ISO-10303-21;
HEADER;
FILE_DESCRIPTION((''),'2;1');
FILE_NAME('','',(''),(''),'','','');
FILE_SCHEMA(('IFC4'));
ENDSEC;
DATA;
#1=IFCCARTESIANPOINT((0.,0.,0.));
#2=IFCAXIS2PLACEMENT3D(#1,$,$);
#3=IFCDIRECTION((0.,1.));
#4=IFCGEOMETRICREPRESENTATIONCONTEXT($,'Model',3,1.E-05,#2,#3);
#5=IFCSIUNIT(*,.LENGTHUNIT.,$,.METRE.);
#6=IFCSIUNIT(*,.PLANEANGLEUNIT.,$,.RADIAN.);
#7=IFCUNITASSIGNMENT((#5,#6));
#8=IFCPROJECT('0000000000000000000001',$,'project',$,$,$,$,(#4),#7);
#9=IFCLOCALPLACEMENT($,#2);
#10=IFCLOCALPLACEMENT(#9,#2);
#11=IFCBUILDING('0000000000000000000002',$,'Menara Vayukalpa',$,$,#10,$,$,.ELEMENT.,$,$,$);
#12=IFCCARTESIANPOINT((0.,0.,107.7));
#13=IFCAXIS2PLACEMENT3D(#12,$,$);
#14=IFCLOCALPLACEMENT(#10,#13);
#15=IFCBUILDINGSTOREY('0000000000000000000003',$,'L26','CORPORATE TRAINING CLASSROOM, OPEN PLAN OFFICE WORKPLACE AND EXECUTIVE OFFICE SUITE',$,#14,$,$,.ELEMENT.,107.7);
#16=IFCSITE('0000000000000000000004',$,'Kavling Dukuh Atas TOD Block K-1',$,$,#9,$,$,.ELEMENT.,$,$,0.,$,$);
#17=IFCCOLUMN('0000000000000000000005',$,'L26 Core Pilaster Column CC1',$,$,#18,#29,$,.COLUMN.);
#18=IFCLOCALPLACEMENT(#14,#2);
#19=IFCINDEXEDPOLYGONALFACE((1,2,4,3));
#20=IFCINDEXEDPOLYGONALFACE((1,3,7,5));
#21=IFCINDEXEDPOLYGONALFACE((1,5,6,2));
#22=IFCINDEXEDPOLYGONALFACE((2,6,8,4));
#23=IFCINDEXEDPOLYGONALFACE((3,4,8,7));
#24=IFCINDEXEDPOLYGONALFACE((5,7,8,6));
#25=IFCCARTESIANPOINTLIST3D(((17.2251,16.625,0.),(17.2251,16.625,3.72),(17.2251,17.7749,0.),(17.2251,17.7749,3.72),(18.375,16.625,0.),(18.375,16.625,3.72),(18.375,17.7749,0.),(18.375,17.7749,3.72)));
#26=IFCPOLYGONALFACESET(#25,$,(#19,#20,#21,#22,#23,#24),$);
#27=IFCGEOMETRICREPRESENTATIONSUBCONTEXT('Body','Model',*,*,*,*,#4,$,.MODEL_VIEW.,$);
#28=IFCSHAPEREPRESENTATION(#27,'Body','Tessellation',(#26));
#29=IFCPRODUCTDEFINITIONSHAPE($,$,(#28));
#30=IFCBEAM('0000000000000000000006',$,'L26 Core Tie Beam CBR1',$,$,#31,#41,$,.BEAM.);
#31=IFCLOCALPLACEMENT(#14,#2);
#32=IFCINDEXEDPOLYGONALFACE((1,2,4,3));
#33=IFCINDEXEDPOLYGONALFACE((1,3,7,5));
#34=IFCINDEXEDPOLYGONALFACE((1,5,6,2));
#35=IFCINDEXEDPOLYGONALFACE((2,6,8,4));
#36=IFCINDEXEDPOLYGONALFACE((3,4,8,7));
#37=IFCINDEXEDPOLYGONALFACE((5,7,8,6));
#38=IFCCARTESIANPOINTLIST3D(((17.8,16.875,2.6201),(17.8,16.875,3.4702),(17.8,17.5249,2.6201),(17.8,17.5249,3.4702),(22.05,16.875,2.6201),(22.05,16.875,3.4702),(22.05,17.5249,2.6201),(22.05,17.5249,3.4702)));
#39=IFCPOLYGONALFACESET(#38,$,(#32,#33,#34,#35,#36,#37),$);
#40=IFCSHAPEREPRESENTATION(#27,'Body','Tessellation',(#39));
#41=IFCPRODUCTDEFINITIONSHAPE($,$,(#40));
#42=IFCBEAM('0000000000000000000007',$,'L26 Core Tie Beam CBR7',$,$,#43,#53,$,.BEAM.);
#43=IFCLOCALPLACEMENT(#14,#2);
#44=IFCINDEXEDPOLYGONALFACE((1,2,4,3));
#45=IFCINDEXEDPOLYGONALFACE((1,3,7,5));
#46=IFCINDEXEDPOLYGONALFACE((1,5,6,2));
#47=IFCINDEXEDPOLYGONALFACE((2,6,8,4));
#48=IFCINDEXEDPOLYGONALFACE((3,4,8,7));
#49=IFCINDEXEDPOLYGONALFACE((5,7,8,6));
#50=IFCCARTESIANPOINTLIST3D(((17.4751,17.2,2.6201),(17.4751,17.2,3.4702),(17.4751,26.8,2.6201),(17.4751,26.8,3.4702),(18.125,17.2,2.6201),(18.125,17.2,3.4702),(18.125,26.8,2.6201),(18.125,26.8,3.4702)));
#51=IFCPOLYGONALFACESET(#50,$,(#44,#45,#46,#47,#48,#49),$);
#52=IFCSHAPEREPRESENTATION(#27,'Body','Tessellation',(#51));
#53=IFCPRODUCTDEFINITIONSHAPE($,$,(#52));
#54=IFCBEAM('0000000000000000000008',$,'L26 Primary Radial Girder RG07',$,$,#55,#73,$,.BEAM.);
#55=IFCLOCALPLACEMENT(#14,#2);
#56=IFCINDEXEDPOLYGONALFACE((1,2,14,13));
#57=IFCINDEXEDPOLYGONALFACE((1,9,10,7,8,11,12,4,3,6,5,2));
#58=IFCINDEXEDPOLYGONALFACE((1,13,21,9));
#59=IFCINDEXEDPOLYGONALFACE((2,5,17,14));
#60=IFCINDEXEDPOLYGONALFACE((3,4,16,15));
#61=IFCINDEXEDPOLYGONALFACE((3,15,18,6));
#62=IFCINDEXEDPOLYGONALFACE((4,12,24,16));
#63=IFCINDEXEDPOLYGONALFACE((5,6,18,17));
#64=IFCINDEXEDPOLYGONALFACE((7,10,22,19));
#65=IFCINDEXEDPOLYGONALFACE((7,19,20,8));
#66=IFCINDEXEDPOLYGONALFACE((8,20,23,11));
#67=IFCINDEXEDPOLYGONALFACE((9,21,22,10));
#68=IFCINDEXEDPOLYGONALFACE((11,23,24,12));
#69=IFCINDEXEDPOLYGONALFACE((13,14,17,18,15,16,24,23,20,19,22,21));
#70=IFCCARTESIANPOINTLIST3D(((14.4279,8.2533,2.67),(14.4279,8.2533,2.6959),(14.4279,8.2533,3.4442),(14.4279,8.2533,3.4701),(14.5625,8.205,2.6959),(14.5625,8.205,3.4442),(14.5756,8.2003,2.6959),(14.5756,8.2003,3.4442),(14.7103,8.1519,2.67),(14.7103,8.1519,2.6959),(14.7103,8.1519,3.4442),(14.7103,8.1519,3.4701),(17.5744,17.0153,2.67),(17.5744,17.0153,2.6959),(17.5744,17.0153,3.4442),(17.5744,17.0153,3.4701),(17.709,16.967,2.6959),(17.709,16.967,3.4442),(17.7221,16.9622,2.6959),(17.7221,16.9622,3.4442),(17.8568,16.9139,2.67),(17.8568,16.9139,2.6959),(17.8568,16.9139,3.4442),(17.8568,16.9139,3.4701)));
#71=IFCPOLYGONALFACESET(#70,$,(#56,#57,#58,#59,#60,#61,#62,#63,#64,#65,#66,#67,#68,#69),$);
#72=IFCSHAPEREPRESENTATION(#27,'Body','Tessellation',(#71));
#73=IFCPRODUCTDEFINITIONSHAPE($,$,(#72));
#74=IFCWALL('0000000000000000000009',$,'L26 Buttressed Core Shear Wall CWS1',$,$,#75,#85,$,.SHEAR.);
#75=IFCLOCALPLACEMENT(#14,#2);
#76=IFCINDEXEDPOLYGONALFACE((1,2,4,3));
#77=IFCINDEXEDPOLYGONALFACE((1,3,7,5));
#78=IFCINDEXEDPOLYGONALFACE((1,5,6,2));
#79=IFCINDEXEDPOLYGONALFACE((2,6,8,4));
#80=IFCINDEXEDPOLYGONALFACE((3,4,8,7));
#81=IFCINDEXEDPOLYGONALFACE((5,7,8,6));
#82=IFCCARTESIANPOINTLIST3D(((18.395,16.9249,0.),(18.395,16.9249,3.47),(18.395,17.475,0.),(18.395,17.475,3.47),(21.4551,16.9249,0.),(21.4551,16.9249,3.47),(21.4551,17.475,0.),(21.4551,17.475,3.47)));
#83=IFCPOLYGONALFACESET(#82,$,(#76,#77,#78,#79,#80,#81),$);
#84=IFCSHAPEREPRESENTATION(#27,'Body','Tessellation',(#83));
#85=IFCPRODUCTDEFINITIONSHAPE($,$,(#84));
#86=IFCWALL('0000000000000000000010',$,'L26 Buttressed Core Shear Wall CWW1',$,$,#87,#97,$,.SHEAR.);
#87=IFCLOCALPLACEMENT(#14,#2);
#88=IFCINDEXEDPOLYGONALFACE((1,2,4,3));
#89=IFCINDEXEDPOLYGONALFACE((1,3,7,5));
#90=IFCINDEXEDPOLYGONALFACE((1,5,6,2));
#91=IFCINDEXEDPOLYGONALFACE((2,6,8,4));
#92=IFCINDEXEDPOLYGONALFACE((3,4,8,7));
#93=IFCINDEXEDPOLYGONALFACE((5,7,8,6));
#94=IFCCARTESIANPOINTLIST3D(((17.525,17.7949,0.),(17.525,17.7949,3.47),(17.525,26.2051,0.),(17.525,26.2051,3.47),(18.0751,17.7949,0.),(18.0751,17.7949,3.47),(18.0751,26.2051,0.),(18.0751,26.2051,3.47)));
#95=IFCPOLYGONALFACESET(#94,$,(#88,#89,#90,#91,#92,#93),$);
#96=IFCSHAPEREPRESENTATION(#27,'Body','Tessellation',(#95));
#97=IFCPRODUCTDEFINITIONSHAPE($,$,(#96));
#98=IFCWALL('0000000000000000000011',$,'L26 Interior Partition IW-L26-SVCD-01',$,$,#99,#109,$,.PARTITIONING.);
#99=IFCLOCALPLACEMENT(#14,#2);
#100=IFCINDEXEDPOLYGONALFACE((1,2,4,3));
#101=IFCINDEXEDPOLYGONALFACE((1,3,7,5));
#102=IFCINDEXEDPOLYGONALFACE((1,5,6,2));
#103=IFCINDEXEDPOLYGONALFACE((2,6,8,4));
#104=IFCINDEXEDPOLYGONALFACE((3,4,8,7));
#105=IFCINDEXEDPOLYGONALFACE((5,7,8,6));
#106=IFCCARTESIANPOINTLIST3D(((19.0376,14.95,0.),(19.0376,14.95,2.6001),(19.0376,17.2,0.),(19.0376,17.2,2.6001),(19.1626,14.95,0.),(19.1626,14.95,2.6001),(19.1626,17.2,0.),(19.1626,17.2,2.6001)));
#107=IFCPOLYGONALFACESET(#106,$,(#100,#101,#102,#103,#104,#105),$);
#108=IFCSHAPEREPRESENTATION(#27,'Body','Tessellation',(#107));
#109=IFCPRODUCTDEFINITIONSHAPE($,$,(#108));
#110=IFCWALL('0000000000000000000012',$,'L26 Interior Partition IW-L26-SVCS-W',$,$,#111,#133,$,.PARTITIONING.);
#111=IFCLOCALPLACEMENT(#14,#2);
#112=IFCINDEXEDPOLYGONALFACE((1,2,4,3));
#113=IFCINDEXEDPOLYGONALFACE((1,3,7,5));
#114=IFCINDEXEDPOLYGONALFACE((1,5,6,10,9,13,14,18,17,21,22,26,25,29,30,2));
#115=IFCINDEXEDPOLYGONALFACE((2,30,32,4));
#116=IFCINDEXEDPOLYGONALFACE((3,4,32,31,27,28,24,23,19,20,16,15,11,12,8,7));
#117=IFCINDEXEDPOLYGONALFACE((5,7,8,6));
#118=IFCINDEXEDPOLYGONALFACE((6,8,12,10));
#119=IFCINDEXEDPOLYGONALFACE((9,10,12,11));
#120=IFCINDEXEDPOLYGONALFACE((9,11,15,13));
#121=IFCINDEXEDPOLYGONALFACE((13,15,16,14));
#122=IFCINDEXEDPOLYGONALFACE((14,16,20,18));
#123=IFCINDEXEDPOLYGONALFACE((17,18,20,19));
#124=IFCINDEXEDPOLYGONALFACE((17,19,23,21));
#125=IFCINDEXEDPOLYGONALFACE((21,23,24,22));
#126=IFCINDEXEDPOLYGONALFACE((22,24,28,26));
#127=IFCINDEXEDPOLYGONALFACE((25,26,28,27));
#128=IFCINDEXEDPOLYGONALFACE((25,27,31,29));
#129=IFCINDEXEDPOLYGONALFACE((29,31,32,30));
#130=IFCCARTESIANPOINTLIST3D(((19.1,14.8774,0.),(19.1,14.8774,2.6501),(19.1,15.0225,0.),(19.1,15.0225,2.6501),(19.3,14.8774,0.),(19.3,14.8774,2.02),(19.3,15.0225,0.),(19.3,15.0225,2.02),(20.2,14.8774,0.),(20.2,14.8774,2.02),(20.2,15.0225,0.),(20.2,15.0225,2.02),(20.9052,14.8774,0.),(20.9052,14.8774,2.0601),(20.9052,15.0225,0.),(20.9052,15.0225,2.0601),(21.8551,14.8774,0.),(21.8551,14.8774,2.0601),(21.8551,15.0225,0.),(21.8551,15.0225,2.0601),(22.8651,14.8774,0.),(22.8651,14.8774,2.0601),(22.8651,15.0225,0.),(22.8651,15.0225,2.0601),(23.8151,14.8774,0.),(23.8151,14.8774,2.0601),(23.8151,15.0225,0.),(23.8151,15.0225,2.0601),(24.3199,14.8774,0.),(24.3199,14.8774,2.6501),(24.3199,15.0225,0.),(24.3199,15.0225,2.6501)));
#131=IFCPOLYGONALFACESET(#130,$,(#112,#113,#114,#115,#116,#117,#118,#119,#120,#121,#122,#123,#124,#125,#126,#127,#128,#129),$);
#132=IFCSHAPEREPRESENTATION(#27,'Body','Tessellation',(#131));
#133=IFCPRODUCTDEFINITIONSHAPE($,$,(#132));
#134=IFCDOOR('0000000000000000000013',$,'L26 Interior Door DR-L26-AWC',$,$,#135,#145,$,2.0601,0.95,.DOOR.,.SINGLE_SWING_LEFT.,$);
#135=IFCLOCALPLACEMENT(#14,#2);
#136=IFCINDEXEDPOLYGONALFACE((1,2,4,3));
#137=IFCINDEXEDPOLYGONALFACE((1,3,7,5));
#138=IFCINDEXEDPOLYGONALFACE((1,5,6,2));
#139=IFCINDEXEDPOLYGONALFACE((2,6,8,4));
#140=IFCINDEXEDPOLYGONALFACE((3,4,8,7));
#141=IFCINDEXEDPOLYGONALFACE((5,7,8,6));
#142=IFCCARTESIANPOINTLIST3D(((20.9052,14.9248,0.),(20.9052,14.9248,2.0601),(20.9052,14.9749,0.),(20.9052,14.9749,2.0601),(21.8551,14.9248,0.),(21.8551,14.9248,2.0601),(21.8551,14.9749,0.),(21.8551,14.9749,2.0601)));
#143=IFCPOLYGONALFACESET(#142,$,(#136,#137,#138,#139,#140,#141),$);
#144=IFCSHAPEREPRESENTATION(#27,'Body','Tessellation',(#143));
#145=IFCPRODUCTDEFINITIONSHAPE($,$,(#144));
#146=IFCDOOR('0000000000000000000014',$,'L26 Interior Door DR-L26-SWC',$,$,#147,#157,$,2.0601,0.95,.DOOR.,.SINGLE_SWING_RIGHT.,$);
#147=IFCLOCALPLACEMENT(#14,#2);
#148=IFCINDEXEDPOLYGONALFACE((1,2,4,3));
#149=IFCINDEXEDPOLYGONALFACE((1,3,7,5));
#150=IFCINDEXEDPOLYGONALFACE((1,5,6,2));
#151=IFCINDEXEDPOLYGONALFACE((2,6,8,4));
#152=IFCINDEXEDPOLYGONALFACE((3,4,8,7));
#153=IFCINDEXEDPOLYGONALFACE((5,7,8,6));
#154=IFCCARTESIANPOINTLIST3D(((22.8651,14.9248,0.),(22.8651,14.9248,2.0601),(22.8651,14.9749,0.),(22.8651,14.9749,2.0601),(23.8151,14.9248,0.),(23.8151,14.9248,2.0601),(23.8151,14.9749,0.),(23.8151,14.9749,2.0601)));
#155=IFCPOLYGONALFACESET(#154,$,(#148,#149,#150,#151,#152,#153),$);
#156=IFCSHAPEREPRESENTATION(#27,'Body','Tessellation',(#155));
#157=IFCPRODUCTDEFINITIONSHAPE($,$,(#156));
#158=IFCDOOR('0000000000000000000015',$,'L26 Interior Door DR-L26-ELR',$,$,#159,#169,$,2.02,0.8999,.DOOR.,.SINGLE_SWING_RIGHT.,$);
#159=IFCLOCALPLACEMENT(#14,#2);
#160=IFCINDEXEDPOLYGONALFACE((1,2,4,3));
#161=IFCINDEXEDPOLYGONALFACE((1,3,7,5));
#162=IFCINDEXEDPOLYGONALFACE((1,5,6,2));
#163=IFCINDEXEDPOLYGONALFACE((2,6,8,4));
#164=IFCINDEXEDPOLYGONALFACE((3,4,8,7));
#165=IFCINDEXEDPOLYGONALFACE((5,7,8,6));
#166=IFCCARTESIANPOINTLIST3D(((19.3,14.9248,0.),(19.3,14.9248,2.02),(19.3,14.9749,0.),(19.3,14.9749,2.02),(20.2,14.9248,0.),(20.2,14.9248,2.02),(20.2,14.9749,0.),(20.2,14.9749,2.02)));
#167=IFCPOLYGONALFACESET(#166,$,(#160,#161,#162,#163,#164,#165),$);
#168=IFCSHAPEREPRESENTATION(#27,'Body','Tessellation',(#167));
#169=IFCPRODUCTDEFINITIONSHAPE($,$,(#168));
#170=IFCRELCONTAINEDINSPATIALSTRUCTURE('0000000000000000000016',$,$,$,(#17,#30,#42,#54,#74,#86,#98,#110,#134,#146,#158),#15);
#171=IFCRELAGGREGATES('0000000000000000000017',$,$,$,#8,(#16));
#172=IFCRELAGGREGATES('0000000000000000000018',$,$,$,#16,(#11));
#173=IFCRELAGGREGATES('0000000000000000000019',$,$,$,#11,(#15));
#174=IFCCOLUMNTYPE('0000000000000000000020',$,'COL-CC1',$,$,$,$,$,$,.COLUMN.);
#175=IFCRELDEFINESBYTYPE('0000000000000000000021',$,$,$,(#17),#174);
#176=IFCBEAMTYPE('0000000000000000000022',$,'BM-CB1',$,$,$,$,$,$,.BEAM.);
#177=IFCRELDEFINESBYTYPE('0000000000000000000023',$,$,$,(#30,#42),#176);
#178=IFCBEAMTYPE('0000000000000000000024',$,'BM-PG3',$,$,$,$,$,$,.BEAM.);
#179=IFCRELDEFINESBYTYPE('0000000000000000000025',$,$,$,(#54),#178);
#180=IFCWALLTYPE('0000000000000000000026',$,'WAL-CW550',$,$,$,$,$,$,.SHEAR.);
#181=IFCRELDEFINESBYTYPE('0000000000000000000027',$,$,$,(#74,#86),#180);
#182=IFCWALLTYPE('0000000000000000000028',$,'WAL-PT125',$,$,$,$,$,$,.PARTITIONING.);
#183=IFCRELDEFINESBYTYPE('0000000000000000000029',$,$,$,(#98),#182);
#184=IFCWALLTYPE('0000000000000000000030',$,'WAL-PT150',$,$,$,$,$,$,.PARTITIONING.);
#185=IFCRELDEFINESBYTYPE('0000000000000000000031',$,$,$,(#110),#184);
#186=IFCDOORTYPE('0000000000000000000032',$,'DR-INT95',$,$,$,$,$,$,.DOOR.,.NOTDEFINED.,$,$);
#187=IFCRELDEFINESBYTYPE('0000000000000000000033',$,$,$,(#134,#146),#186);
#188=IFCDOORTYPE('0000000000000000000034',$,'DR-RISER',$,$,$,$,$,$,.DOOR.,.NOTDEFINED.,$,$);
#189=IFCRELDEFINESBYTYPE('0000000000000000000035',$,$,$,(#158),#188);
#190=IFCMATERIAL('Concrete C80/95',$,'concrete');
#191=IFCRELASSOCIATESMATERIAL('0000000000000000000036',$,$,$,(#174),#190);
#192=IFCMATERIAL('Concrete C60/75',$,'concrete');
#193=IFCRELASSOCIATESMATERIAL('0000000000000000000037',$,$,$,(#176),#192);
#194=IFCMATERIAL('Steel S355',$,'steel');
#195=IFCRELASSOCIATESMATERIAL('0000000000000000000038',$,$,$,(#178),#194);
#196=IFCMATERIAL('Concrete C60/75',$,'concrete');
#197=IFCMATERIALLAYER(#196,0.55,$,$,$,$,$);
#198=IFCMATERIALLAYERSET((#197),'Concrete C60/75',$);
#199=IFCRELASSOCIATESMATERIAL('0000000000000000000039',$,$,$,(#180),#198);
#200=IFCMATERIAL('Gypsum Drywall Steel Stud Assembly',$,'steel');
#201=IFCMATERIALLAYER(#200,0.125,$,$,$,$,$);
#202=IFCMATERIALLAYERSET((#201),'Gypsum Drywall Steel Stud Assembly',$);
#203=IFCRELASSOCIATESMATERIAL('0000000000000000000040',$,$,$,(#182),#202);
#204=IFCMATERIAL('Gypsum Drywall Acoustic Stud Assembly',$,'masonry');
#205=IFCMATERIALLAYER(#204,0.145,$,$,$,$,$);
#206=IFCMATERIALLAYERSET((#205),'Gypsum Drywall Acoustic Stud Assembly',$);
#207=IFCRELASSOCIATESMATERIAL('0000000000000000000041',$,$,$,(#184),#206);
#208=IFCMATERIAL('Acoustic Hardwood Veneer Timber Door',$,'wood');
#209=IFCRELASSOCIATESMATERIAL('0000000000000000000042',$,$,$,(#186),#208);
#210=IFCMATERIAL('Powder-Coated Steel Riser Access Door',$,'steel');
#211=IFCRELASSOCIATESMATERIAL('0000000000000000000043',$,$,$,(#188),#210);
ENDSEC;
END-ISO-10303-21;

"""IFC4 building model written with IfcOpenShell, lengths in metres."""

from ifc_helpers import new_model, si_unit, direction, frame, frame_2d, origin, origin_2d, place, context, subcontext, project, spatial, rectangle, i_section, extrude, material, layer, layer_set, material_profile, profile_set, type_object, element, fill, save


model = new_model("IFC4")

# Units and contexts
model_context = context("Model", 3, precision=1e-05, world=origin(), true_north=direction((0.0, 1.0)))
body_context = subcontext(model_context, "Body", "Model", "MODEL_VIEW")
ifc_project = project(units=[si_unit("LENGTHUNIT", "METRE"), si_unit("PLANEANGLEUNIT", "RADIAN")], contexts=[model_context])

# Site, building, storey
site_placement = place(None, origin())
site = spatial("IfcSite", under=ifc_project, at=site_placement, Name="Kavling Dukuh Atas TOD Block K-1", CompositionType="ELEMENT", RefElevation=0.0)
building_placement = place(site_placement, origin())
building = spatial("IfcBuilding", under=site, at=building_placement, Name="Menara Vayukalpa", CompositionType="ELEMENT")
storey_placement = place(building_placement, frame((0.0, 0.0, 107.7)))
storey = spatial("IfcBuildingStorey", under=building, at=storey_placement, Name="L26", Description="CORPORATE TRAINING CLASSROOM, OPEN PLAN OFFICE WORKPLACE AND EXECUTIVE OFFICE SUITE", CompositionType="ELEMENT", Elevation=107.7)

# Column
ifc_material_1 = material(Name="Concrete C80/95", Category="concrete")
ifc_material_profile_1 = material_profile(ifc_material_1, rectangle(XDim=1.1499, YDim=1.1499, at=origin_2d()), Name="RC 1150x1150")
ifc_profile_set_1 = profile_set([ifc_material_profile_1], Name="Concrete C80/95")
column_type = type_object("IfcColumnType", Name="COL-CC1", PredefinedType="COLUMN", material=ifc_profile_set_1)
column_placement = place(storey_placement, frame((17.8, 17.2, 0.0), z_axis=(0.0, 0.0, 1.0), x_axis=(1.0, 0.0, 0.0)))
element("IfcColumn", 1, at=column_placement, inside=storey, type_object=column_type, Name="L26 Core Pilaster Column CC1", PredefinedType="COLUMN", context=body_context, shape_type="SweptSolid", body=[
    extrude(rectangle(XDim=1.1499, YDim=1.1499, at=origin_2d()), origin(), (0.0, 0.0, 1.0), 3.72),
])

# Beams
ifc_material_2 = material(Name="Concrete C60/75", Category="concrete")
ifc_material_profile_2 = material_profile(ifc_material_2, rectangle(XDim=0.6499, YDim=0.8501, at=origin_2d()), Name="RC 650x850")
ifc_profile_set_2 = profile_set([ifc_material_profile_2], Name="Concrete C60/75")
beam_type_1 = type_object("IfcBeamType", Name="BM-CB1", PredefinedType="BEAM", material=ifc_profile_set_2)
beam_1_placement = place(storey_placement, frame((17.8, 17.2, 3.0452), z_axis=(1.0, 0.0, 0.0), x_axis=(0.0, 1.0, 0.0)))
element("IfcBeam", 2, at=beam_1_placement, inside=storey, type_object=beam_type_1, Name="L26 Core Tie Beam CBR1", PredefinedType="BEAM", context=body_context, shape_type="SweptSolid", body=[
    extrude(rectangle(XDim=0.6499, YDim=0.8501, at=origin_2d()), origin(), (0.0, 0.0, 1.0), 4.25),
])
beam_2_placement = place(storey_placement, frame((17.8, 17.2, 3.0452), z_axis=(0.0, 1.0, 0.0), x_axis=(-1.0, 0.0, 0.0)))
element("IfcBeam", 3, at=beam_2_placement, inside=storey, type_object=beam_type_1, Name="L26 Core Tie Beam CBR7", PredefinedType="BEAM", context=body_context, shape_type="SweptSolid", body=[
    extrude(rectangle(XDim=0.6499, YDim=0.8501, at=origin_2d()), origin(), (0.0, 0.0, 1.0), 9.6001),
])
ifc_material_3 = material(Name="Steel S355", Category="steel")
ifc_material_profile_3 = material_profile(ifc_material_3, i_section(OverallWidth=0.3, OverallDepth=0.8, WebThickness=0.0139, FlangeThickness=0.0259, at=origin_2d()), Name="WF 800x300x14x26")
ifc_profile_set_3 = profile_set([ifc_material_profile_3], Name="Steel S355")
beam_type_2 = type_object("IfcBeamType", Name="BM-PG3", PredefinedType="BEAM", material=ifc_profile_set_3)
beam_3_placement = place(storey_placement, frame((17.7156, 16.9646, 3.0701), z_axis=(-0.337976, -0.941155, 0.0), x_axis=(0.941155, -0.337976, 0.0)))
element("IfcBeam", 4, at=beam_3_placement, inside=storey, type_object=beam_type_2, Name="L26 Primary Radial Girder RG07", PredefinedType="BEAM", context=body_context, shape_type="SweptSolid", body=[
    extrude(i_section(OverallWidth=0.3, OverallDepth=0.8, WebThickness=0.0139, FlangeThickness=0.0259, at=origin_2d()), origin(), (0.0, 0.0, 1.0), 9.3098),
])

# Walls
ifc_material_4 = material(Name="Concrete C60/75", Category="concrete")
ifc_layer_1 = layer(ifc_material_4, 0.55)
ifc_layer_set_1 = layer_set([ifc_layer_1], Name="Concrete C60/75")
wall_type_1 = type_object("IfcWallType", Name="WAL-CW550", PredefinedType="SHEAR", material=ifc_layer_set_1)
wall_1_placement = place(storey_placement, frame((18.395, 17.2, 0.0), z_axis=(0.0, 0.0, 1.0), x_axis=(1.0, 0.0, 0.0)))
element("IfcWall", 5, at=wall_1_placement, inside=storey, type_object=wall_type_1, Name="L26 Buttressed Core Shear Wall CWS1", PredefinedType="SHEAR", context=body_context, shape_type="SweptSolid", body=[
    extrude(rectangle(XDim=3.0601, YDim=0.55, at=frame_2d((1.53, 0.0))), origin(), (0.0, 0.0, 1.0), 3.47),
])
wall_2_placement = place(storey_placement, frame((17.8, 17.7949, 0.0), z_axis=(0.0, 0.0, 1.0), x_axis=(0.0, 1.0, 0.0)))
element("IfcWall", 6, at=wall_2_placement, inside=storey, type_object=wall_type_1, Name="L26 Buttressed Core Shear Wall CWW1", PredefinedType="SHEAR", context=body_context, shape_type="SweptSolid", body=[
    extrude(rectangle(XDim=8.4102, YDim=0.55, at=frame_2d((4.2051, 0.0))), origin(), (0.0, 0.0, 1.0), 3.47),
])
ifc_material_5 = material(Name="Gypsum Drywall Steel Stud Assembly", Category="steel")
ifc_layer_2 = layer(ifc_material_5, 0.125)
ifc_layer_set_2 = layer_set([ifc_layer_2], Name="Gypsum Drywall Steel Stud Assembly")
wall_type_2 = type_object("IfcWallType", Name="WAL-PT125", PredefinedType="PARTITIONING", material=ifc_layer_set_2)
wall_3_placement = place(storey_placement, frame((19.1001, 14.95, 0.0), z_axis=(0.0, 0.0, 1.0), x_axis=(0.0, 1.0, 0.0)))
element("IfcWall", 7, at=wall_3_placement, inside=storey, type_object=wall_type_2, Name="L26 Interior Partition IW-L26-SVCD-01", PredefinedType="PARTITIONING", context=body_context, shape_type="SweptSolid", body=[
    extrude(rectangle(XDim=2.25, YDim=0.125, at=frame_2d((1.125, 0.0))), origin(), (0.0, 0.0, 1.0), 2.6001),
])

# Wall, openings, doors
ifc_material_6 = material(Name="Gypsum Drywall Acoustic Stud Assembly", Category="masonry")
ifc_layer_3 = layer(ifc_material_6, 0.145)
ifc_layer_set_3 = layer_set([ifc_layer_3], Name="Gypsum Drywall Acoustic Stud Assembly")
wall_type_3 = type_object("IfcWallType", Name="WAL-PT150", PredefinedType="PARTITIONING", material=ifc_layer_set_3)
wall_4_placement = place(storey_placement, frame((19.1001, 14.95, 0.0), z_axis=(0.0, 0.0, 1.0), x_axis=(1.0, 0.0, 0.0)))
wall_4 = element("IfcWall", 8, at=wall_4_placement, inside=storey, type_object=wall_type_3, Name="L26 Interior Partition IW-L26-SVCS-W", PredefinedType="PARTITIONING", context=body_context, shape_type="SweptSolid", body=[
    extrude(rectangle(XDim=5.22, YDim=0.145, at=frame_2d((2.6099, 0.0))), origin(), (0.0, 0.0, 1.0), 2.6501),
])
opening_1_placement = place(wall_4_placement, frame((0.2, 0.0, 0.0)))
opening_1 = element("IfcOpeningElement", 9, at=opening_1_placement, cuts=wall_4, PredefinedType="OPENING", context=body_context, shape_type="SweptSolid", body=[
    extrude(rectangle(XDim=0.8999, YDim=2.02, at=frame_2d((0.45, 1.01))), frame((0.0, 0.0825, 0.0), z_axis=(0.0, -1.0, 0.0), x_axis=(1.0, 0.0, 0.0)), (0.0, 0.0, 1.0), 0.165),
])
opening_2_placement = place(wall_4_placement, frame((1.8049, 0.0, 0.0)))
opening_2 = element("IfcOpeningElement", 10, at=opening_2_placement, cuts=wall_4, PredefinedType="OPENING", context=body_context, shape_type="SweptSolid", body=[
    extrude(rectangle(XDim=0.95, YDim=2.0601, at=frame_2d((0.4751, 1.03))), frame((0.0, 0.0825, 0.0), z_axis=(0.0, -1.0, 0.0), x_axis=(1.0, 0.0, 0.0)), (0.0, 0.0, 1.0), 0.165),
])
opening_3_placement = place(wall_4_placement, frame((3.7649, 0.0, 0.0)))
opening_3 = element("IfcOpeningElement", 11, at=opening_3_placement, cuts=wall_4, PredefinedType="OPENING", context=body_context, shape_type="SweptSolid", body=[
    extrude(rectangle(XDim=0.95, YDim=2.0601, at=frame_2d((0.4751, 1.03))), frame((0.0, 0.0825, 0.0), z_axis=(0.0, -1.0, 0.0), x_axis=(1.0, 0.0, 0.0)), (0.0, 0.0, 1.0), 0.165),
])
ifc_material_7 = material(Name="Acoustic Hardwood Veneer Timber Door", Category="wood")
door_type_1 = type_object("IfcDoorType", Name="DR-INT95", OperationType="NOTDEFINED", PredefinedType="DOOR", material=ifc_material_7)
door_1_placement = place(opening_2_placement, origin())
door_1 = element("IfcDoor", 12, at=door_1_placement, inside=storey, type_object=door_type_1, Name="L26 Interior Door DR-L26-AWC", OperationType="SINGLE_SWING_LEFT", OverallHeight=2.0601, OverallWidth=0.95, PredefinedType="DOOR", context=body_context, shape_type="SweptSolid", body=[
    extrude(rectangle(XDim=0.95, YDim=2.0601, at=frame_2d((0.4751, 1.03))), frame((0.0, 0.0249, 0.0), z_axis=(0.0, -1.0, 0.0), x_axis=(1.0, 0.0, 0.0)), (0.0, 0.0, 1.0), 0.05),
])
fill(opening_2, door_1)
door_2_placement = place(opening_3_placement, origin())
door_2 = element("IfcDoor", 13, at=door_2_placement, inside=storey, type_object=door_type_1, Name="L26 Interior Door DR-L26-SWC", OperationType="SINGLE_SWING_RIGHT", OverallHeight=2.0601, OverallWidth=0.95, PredefinedType="DOOR", context=body_context, shape_type="SweptSolid", body=[
    extrude(rectangle(XDim=0.95, YDim=2.0601, at=frame_2d((0.4751, 1.03))), frame((0.0, 0.0249, 0.0), z_axis=(0.0, -1.0, 0.0), x_axis=(1.0, 0.0, 0.0)), (0.0, 0.0, 1.0), 0.05),
])
fill(opening_3, door_2)
ifc_material_8 = material(Name="Powder-Coated Steel Riser Access Door", Category="steel")
door_type_2 = type_object("IfcDoorType", Name="DR-RISER", OperationType="NOTDEFINED", PredefinedType="DOOR", material=ifc_material_8)
door_3_placement = place(opening_1_placement, origin())
door_3 = element("IfcDoor", 14, at=door_3_placement, inside=storey, type_object=door_type_2, Name="L26 Interior Door DR-L26-ELR", OperationType="SINGLE_SWING_RIGHT", OverallHeight=2.02, OverallWidth=0.8999, PredefinedType="DOOR", context=body_context, shape_type="SweptSolid", body=[
    extrude(rectangle(XDim=0.8999, YDim=2.02, at=frame_2d((0.45, 1.01))), frame((0.0, 0.0249, 0.0), z_axis=(0.0, -1.0, 0.0), x_axis=(1.0, 0.0, 0.0)), (0.0, 0.0, 1.0), 0.05),
])
fill(opening_1, door_3)

save(model, "model.ifc")
